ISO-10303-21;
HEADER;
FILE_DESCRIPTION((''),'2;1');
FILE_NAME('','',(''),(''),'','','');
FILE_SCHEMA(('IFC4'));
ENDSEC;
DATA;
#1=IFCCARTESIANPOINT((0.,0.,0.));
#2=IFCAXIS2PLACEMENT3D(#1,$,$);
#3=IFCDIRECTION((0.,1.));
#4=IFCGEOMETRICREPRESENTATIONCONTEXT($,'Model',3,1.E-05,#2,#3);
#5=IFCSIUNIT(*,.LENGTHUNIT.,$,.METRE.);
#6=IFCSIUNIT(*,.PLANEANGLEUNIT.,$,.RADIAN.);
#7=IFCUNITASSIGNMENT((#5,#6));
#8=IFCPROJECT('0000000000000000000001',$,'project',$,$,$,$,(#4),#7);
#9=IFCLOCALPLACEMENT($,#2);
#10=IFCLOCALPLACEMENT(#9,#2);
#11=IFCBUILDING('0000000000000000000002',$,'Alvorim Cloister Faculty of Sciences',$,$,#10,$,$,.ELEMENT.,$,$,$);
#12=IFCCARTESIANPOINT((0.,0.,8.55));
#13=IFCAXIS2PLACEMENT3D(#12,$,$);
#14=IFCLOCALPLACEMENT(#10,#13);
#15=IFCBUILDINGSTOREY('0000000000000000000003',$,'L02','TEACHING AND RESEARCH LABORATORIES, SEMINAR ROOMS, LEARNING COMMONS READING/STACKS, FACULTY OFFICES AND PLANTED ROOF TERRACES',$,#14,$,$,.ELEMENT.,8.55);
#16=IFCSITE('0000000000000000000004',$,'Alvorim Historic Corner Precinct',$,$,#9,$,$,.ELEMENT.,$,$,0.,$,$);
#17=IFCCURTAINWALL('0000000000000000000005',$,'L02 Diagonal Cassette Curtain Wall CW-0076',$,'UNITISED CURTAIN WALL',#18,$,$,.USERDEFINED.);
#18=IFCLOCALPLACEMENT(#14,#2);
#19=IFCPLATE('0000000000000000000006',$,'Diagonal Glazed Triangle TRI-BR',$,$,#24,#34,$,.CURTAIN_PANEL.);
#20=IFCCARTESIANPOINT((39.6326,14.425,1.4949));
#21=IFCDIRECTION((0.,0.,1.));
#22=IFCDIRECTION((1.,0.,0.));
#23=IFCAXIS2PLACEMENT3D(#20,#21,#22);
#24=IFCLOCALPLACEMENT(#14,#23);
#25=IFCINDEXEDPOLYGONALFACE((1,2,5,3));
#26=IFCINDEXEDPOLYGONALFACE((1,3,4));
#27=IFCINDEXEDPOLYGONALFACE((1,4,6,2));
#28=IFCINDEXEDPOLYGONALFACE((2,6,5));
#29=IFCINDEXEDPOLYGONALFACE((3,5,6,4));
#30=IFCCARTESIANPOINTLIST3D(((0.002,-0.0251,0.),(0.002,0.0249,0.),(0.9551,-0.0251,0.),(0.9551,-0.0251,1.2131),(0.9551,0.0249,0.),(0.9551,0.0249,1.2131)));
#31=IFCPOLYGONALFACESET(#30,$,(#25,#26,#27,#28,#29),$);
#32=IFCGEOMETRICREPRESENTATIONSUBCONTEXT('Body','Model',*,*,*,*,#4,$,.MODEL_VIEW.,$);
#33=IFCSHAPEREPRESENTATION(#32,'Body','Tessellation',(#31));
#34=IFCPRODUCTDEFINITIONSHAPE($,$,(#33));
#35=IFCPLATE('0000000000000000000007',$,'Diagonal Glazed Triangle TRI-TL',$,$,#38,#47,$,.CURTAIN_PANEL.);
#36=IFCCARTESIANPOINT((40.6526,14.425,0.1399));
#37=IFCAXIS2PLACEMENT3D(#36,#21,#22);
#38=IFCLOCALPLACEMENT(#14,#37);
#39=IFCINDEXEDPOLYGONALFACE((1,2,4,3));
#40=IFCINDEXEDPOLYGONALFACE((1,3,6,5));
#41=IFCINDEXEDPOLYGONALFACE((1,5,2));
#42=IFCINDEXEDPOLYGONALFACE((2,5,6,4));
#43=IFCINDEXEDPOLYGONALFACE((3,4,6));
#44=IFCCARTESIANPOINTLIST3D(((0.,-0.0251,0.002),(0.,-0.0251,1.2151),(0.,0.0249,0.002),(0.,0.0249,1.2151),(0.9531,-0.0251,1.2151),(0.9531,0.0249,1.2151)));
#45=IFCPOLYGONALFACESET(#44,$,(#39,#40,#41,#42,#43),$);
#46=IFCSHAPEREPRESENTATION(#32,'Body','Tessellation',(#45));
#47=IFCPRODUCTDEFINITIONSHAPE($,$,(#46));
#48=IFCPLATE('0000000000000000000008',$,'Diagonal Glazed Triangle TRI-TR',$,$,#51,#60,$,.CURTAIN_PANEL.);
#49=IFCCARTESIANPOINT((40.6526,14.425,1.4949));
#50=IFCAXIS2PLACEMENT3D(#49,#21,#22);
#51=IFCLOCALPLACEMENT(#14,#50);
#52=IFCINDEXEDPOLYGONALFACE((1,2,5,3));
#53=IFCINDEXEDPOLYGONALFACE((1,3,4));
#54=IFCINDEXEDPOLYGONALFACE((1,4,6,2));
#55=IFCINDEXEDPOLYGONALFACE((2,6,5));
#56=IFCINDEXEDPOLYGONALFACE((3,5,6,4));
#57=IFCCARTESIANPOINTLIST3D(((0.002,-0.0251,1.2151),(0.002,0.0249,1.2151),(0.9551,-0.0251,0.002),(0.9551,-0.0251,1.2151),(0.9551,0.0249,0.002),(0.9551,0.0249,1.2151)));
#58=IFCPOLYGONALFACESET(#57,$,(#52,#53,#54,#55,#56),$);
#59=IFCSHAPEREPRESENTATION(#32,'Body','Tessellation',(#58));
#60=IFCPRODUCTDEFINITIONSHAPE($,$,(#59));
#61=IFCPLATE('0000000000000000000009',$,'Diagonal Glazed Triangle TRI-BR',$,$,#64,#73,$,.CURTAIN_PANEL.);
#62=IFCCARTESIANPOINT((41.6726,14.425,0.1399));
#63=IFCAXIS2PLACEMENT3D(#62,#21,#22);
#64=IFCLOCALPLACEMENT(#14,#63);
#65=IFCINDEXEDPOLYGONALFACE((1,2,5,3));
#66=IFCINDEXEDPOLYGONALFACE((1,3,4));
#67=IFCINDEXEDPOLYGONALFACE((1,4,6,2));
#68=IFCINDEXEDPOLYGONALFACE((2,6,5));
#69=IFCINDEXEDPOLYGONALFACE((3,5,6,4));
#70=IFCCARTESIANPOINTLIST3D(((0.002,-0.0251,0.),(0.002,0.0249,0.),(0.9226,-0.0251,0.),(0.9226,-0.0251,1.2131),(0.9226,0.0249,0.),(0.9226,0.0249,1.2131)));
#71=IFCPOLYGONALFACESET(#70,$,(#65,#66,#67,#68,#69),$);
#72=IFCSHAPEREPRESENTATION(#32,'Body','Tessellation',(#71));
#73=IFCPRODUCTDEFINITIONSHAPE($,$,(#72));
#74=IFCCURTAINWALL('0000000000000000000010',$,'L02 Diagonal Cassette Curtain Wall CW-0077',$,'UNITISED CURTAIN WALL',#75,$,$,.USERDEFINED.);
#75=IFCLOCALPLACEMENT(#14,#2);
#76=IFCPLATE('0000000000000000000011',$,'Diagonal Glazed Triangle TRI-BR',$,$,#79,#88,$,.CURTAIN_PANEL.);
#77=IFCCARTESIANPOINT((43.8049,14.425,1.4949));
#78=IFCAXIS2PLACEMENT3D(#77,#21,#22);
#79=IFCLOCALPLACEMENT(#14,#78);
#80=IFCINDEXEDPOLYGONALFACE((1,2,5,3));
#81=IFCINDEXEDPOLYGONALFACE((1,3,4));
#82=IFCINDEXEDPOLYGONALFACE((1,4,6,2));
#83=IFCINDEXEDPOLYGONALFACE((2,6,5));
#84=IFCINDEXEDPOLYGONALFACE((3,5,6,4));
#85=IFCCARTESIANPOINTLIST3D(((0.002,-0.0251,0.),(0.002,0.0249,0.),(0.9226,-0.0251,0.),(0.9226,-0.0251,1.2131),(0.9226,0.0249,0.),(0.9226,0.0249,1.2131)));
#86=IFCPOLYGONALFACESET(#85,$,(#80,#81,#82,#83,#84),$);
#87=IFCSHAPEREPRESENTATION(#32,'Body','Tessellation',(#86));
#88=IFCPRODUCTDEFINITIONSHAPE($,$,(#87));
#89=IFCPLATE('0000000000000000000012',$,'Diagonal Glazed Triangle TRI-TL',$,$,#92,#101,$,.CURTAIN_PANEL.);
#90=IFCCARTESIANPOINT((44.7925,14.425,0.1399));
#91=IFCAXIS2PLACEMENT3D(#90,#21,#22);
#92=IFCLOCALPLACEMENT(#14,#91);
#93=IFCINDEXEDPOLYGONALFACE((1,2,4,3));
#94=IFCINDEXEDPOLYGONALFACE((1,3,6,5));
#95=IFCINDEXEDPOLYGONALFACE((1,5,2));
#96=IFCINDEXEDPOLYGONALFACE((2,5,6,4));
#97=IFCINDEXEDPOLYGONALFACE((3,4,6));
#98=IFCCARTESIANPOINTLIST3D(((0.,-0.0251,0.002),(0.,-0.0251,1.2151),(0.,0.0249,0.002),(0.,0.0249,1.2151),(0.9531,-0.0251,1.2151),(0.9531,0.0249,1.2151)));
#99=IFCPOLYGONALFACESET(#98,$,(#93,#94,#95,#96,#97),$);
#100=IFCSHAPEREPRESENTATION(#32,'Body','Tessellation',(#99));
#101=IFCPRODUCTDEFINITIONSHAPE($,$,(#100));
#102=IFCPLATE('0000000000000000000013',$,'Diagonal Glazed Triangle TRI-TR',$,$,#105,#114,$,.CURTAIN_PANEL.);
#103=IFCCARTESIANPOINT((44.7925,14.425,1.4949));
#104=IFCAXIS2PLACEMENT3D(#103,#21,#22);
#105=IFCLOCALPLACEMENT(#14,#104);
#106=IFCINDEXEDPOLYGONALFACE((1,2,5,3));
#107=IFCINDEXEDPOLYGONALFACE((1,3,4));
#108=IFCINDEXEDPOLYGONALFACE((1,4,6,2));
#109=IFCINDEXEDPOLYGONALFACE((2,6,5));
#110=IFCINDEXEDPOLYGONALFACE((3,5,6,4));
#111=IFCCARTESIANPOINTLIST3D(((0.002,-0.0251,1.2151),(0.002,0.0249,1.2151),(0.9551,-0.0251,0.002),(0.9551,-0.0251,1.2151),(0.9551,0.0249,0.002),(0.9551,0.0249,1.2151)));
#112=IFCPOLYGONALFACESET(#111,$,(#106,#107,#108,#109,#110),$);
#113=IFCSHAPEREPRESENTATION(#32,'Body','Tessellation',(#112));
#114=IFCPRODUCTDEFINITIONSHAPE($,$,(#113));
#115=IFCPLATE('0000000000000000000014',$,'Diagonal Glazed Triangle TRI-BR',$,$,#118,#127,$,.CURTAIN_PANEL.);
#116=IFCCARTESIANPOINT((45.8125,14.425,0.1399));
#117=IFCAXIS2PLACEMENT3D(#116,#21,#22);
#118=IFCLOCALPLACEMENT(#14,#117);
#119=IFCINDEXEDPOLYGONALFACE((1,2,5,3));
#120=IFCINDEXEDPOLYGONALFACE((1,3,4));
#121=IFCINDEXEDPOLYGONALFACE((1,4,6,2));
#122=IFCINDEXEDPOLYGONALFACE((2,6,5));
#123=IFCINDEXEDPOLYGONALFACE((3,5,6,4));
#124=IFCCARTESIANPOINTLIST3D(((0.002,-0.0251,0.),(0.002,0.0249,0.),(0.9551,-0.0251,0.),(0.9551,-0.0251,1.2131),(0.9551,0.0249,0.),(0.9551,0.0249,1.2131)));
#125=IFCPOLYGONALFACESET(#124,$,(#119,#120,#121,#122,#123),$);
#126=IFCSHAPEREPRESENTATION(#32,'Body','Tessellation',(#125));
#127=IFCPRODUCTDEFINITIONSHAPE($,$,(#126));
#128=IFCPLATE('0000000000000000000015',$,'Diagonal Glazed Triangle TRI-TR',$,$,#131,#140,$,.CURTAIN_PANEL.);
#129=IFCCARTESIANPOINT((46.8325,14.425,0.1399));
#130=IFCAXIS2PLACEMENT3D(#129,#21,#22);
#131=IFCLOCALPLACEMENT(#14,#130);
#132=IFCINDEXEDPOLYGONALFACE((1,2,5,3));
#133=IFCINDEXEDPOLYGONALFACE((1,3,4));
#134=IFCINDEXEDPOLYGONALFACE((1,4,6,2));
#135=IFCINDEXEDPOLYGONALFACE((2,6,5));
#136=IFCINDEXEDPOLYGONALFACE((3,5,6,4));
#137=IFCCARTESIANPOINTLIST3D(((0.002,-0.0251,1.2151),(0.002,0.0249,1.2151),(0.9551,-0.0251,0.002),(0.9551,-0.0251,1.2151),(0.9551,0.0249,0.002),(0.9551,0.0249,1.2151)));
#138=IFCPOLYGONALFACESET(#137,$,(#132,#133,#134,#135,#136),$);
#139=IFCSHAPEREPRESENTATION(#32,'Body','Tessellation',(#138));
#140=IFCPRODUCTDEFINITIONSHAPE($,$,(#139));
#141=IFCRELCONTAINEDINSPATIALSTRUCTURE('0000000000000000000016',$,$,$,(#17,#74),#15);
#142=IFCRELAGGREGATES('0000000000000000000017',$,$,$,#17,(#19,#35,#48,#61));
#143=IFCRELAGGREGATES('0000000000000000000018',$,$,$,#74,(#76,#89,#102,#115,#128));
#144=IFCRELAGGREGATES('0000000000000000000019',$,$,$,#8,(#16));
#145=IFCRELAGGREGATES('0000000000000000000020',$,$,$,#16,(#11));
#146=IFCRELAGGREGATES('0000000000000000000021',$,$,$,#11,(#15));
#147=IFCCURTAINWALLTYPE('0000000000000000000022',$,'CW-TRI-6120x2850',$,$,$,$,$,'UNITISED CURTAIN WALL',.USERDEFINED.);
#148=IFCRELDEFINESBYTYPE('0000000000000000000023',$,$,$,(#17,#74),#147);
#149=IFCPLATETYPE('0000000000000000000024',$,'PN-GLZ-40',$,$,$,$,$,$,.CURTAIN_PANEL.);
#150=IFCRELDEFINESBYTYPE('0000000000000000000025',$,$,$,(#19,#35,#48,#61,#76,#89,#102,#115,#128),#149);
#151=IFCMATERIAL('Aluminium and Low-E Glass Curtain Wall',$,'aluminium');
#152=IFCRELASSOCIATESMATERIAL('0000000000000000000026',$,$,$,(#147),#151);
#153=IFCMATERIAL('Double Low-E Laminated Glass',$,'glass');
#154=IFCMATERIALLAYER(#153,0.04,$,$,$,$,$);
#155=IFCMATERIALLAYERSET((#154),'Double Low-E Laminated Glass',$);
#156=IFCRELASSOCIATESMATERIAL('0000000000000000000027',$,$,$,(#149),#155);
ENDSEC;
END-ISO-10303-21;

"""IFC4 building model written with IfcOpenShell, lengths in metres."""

from ifc_helpers import new_model, si_unit, direction, frame, origin, place, context, subcontext, project, spatial, polyline, outline, extrude, material, layer, layer_set, type_object, element, aggregate, save


model = new_model("IFC4")

# Units and contexts
model_context = context("Model", 3, precision=1e-05, world=origin(), true_north=direction((0.0, 1.0)))
body_context = subcontext(model_context, "Body", "Model", "MODEL_VIEW")
ifc_project = project(units=[si_unit("LENGTHUNIT", "METRE"), si_unit("PLANEANGLEUNIT", "RADIAN")], contexts=[model_context])

# Site, building, storey
site_placement = place(None, origin())
site = spatial("IfcSite", under=ifc_project, at=site_placement, Name="Alvorim Historic Corner Precinct", CompositionType="ELEMENT", RefElevation=0.0)
building_placement = place(site_placement, origin())
building = spatial("IfcBuilding", under=site, at=building_placement, Name="Alvorim Cloister Faculty of Sciences", CompositionType="ELEMENT")
storey_placement = place(building_placement, frame((0.0, 0.0, 8.55)))
storey = spatial("IfcBuildingStorey", under=building, at=storey_placement, Name="L02", Description="TEACHING AND RESEARCH LABORATORIES, SEMINAR ROOMS, LEARNING COMMONS READING/STACKS, FACULTY OFFICES AND PLANTED ROOF TERRACES", CompositionType="ELEMENT", Elevation=8.55)

# Curtain walls, plates
ifc_material_1 = material(Name="Aluminium and Low-E Glass Curtain Wall", Category="aluminium")
curtain_wall_type = type_object("IfcCurtainWallType", Name="CW-TRI-6120x2850", ElementType="UNITISED CURTAIN WALL", PredefinedType="USERDEFINED", material=ifc_material_1)
curtain_wall_1_placement = place(storey_placement, origin())
curtain_wall_1 = element("IfcCurtainWall", 1, at=curtain_wall_1_placement, inside=storey, type_object=curtain_wall_type, Name="L02 Diagonal Cassette Curtain Wall CW-0076", ObjectType="UNITISED CURTAIN WALL", PredefinedType="USERDEFINED")
ifc_material_2 = material(Name="Double Low-E Laminated Glass", Category="glass")
ifc_layer = layer(ifc_material_2, 0.04)
ifc_layer_set = layer_set([ifc_layer], Name="Double Low-E Laminated Glass")
plate_type = type_object("IfcPlateType", Name="PN-GLZ-40", PredefinedType="CURTAIN_PANEL", material=ifc_layer_set)
plate_1_placement = place(storey_placement, frame((39.6326, 14.425, 1.4949), z_axis=(0.0, 0.0, 1.0), x_axis=(1.0, 0.0, 0.0)))
plate_1 = element("IfcPlate", 2, at=plate_1_placement, type_object=plate_type, Name="Diagonal Glazed Triangle TRI-BR", PredefinedType="CURTAIN_PANEL", context=body_context, shape_type="SweptSolid", body=[
    extrude(outline(polyline([(0.002, 0.0), (0.9551, 0.0), (0.9551, 1.2131), (0.002, 0.0)])), frame((0.0, 0.0249, 0.0), z_axis=(0.0, -1.0, 0.0), x_axis=(1.0, 0.0, 0.0)), (0.0, 0.0, 1.0), 0.05),
])
plate_2_placement = place(storey_placement, frame((40.6526, 14.425, 0.1399), z_axis=(0.0, 0.0, 1.0), x_axis=(1.0, 0.0, 0.0)))
plate_2 = element("IfcPlate", 3, at=plate_2_placement, type_object=plate_type, Name="Diagonal Glazed Triangle TRI-TL", PredefinedType="CURTAIN_PANEL", context=body_context, shape_type="SweptSolid", body=[
    extrude(outline(polyline([(0.9531, 1.2151), (0.0, 1.2151), (0.0, 0.002), (0.9531, 1.2151)])), frame((0.0, 0.0249, 0.0), z_axis=(0.0, -1.0, 0.0), x_axis=(1.0, 0.0, 0.0)), (0.0, 0.0, 1.0), 0.05),
])
plate_3_placement = place(storey_placement, frame((40.6526, 14.425, 1.4949), z_axis=(0.0, 0.0, 1.0), x_axis=(1.0, 0.0, 0.0)))
plate_3 = element("IfcPlate", 4, at=plate_3_placement, type_object=plate_type, Name="Diagonal Glazed Triangle TRI-TR", PredefinedType="CURTAIN_PANEL", context=body_context, shape_type="SweptSolid", body=[
    extrude(outline(polyline([(0.9551, 0.002), (0.9551, 1.2151), (0.002, 1.2151), (0.9551, 0.002)])), frame((0.0, 0.0249, 0.0), z_axis=(0.0, -1.0, 0.0), x_axis=(1.0, 0.0, 0.0)), (0.0, 0.0, 1.0), 0.05),
])
plate_4_placement = place(storey_placement, frame((41.6726, 14.425, 0.1399), z_axis=(0.0, 0.0, 1.0), x_axis=(1.0, 0.0, 0.0)))
plate_4 = element("IfcPlate", 5, at=plate_4_placement, type_object=plate_type, Name="Diagonal Glazed Triangle TRI-BR", PredefinedType="CURTAIN_PANEL", context=body_context, shape_type="SweptSolid", body=[
    extrude(outline(polyline([(0.002, 0.0), (0.9226, 0.0), (0.9226, 1.2131), (0.002, 0.0)])), frame((0.0, 0.0249, 0.0), z_axis=(0.0, -1.0, 0.0), x_axis=(1.0, 0.0, 0.0)), (0.0, 0.0, 1.0), 0.05),
])
aggregate(curtain_wall_1, [plate_1, plate_2, plate_3, plate_4])
curtain_wall_2_placement = place(storey_placement, origin())
curtain_wall_2 = element("IfcCurtainWall", 6, at=curtain_wall_2_placement, inside=storey, type_object=curtain_wall_type, Name="L02 Diagonal Cassette Curtain Wall CW-0077", ObjectType="UNITISED CURTAIN WALL", PredefinedType="USERDEFINED")
plate_5_placement = place(storey_placement, frame((43.8049, 14.425, 1.4949), z_axis=(0.0, 0.0, 1.0), x_axis=(1.0, 0.0, 0.0)))
plate_5 = element("IfcPlate", 7, at=plate_5_placement, type_object=plate_type, Name="Diagonal Glazed Triangle TRI-BR", PredefinedType="CURTAIN_PANEL", context=body_context, shape_type="SweptSolid", body=[
    extrude(outline(polyline([(0.002, 0.0), (0.9226, 0.0), (0.9226, 1.2131), (0.002, 0.0)])), frame((0.0, 0.0249, 0.0), z_axis=(0.0, -1.0, 0.0), x_axis=(1.0, 0.0, 0.0)), (0.0, 0.0, 1.0), 0.05),
])
plate_6_placement = place(storey_placement, frame((44.7925, 14.425, 0.1399), z_axis=(0.0, 0.0, 1.0), x_axis=(1.0, 0.0, 0.0)))
plate_6 = element("IfcPlate", 8, at=plate_6_placement, type_object=plate_type, Name="Diagonal Glazed Triangle TRI-TL", PredefinedType="CURTAIN_PANEL", context=body_context, shape_type="SweptSolid", body=[
    extrude(outline(polyline([(0.9531, 1.2151), (0.0, 1.2151), (0.0, 0.002), (0.9531, 1.2151)])), frame((0.0, 0.0249, 0.0), z_axis=(0.0, -1.0, 0.0), x_axis=(1.0, 0.0, 0.0)), (0.0, 0.0, 1.0), 0.05),
])
plate_7_placement = place(storey_placement, frame((44.7925, 14.425, 1.4949), z_axis=(0.0, 0.0, 1.0), x_axis=(1.0, 0.0, 0.0)))
plate_7 = element("IfcPlate", 9, at=plate_7_placement, type_object=plate_type, Name="Diagonal Glazed Triangle TRI-TR", PredefinedType="CURTAIN_PANEL", context=body_context, shape_type="SweptSolid", body=[
    extrude(outline(polyline([(0.9551, 0.002), (0.9551, 1.2151), (0.002, 1.2151), (0.9551, 0.002)])), frame((0.0, 0.0249, 0.0), z_axis=(0.0, -1.0, 0.0), x_axis=(1.0, 0.0, 0.0)), (0.0, 0.0, 1.0), 0.05),
])
plate_8_placement = place(storey_placement, frame((45.8125, 14.425, 0.1399), z_axis=(0.0, 0.0, 1.0), x_axis=(1.0, 0.0, 0.0)))
plate_8 = element("IfcPlate", 10, at=plate_8_placement, type_object=plate_type, Name="Diagonal Glazed Triangle TRI-BR", PredefinedType="CURTAIN_PANEL", context=body_context, shape_type="SweptSolid", body=[
    extrude(outline(polyline([(0.002, 0.0), (0.9551, 0.0), (0.9551, 1.2131), (0.002, 0.0)])), frame((0.0, 0.0249, 0.0), z_axis=(0.0, -1.0, 0.0), x_axis=(1.0, 0.0, 0.0)), (0.0, 0.0, 1.0), 0.05),
])
plate_9_placement = place(storey_placement, frame((46.8325, 14.425, 0.1399), z_axis=(0.0, 0.0, 1.0), x_axis=(1.0, 0.0, 0.0)))
plate_9 = element("IfcPlate", 11, at=plate_9_placement, type_object=plate_type, Name="Diagonal Glazed Triangle TRI-TR", PredefinedType="CURTAIN_PANEL", context=body_context, shape_type="SweptSolid", body=[
    extrude(outline(polyline([(0.9551, 0.002), (0.9551, 1.2151), (0.002, 1.2151), (0.9551, 0.002)])), frame((0.0, 0.0249, 0.0), z_axis=(0.0, -1.0, 0.0), x_axis=(1.0, 0.0, 0.0)), (0.0, 0.0, 1.0), 0.05),
])
aggregate(curtain_wall_2, [plate_5, plate_6, plate_7, plate_8, plate_9])

save(model, "model.ifc")
